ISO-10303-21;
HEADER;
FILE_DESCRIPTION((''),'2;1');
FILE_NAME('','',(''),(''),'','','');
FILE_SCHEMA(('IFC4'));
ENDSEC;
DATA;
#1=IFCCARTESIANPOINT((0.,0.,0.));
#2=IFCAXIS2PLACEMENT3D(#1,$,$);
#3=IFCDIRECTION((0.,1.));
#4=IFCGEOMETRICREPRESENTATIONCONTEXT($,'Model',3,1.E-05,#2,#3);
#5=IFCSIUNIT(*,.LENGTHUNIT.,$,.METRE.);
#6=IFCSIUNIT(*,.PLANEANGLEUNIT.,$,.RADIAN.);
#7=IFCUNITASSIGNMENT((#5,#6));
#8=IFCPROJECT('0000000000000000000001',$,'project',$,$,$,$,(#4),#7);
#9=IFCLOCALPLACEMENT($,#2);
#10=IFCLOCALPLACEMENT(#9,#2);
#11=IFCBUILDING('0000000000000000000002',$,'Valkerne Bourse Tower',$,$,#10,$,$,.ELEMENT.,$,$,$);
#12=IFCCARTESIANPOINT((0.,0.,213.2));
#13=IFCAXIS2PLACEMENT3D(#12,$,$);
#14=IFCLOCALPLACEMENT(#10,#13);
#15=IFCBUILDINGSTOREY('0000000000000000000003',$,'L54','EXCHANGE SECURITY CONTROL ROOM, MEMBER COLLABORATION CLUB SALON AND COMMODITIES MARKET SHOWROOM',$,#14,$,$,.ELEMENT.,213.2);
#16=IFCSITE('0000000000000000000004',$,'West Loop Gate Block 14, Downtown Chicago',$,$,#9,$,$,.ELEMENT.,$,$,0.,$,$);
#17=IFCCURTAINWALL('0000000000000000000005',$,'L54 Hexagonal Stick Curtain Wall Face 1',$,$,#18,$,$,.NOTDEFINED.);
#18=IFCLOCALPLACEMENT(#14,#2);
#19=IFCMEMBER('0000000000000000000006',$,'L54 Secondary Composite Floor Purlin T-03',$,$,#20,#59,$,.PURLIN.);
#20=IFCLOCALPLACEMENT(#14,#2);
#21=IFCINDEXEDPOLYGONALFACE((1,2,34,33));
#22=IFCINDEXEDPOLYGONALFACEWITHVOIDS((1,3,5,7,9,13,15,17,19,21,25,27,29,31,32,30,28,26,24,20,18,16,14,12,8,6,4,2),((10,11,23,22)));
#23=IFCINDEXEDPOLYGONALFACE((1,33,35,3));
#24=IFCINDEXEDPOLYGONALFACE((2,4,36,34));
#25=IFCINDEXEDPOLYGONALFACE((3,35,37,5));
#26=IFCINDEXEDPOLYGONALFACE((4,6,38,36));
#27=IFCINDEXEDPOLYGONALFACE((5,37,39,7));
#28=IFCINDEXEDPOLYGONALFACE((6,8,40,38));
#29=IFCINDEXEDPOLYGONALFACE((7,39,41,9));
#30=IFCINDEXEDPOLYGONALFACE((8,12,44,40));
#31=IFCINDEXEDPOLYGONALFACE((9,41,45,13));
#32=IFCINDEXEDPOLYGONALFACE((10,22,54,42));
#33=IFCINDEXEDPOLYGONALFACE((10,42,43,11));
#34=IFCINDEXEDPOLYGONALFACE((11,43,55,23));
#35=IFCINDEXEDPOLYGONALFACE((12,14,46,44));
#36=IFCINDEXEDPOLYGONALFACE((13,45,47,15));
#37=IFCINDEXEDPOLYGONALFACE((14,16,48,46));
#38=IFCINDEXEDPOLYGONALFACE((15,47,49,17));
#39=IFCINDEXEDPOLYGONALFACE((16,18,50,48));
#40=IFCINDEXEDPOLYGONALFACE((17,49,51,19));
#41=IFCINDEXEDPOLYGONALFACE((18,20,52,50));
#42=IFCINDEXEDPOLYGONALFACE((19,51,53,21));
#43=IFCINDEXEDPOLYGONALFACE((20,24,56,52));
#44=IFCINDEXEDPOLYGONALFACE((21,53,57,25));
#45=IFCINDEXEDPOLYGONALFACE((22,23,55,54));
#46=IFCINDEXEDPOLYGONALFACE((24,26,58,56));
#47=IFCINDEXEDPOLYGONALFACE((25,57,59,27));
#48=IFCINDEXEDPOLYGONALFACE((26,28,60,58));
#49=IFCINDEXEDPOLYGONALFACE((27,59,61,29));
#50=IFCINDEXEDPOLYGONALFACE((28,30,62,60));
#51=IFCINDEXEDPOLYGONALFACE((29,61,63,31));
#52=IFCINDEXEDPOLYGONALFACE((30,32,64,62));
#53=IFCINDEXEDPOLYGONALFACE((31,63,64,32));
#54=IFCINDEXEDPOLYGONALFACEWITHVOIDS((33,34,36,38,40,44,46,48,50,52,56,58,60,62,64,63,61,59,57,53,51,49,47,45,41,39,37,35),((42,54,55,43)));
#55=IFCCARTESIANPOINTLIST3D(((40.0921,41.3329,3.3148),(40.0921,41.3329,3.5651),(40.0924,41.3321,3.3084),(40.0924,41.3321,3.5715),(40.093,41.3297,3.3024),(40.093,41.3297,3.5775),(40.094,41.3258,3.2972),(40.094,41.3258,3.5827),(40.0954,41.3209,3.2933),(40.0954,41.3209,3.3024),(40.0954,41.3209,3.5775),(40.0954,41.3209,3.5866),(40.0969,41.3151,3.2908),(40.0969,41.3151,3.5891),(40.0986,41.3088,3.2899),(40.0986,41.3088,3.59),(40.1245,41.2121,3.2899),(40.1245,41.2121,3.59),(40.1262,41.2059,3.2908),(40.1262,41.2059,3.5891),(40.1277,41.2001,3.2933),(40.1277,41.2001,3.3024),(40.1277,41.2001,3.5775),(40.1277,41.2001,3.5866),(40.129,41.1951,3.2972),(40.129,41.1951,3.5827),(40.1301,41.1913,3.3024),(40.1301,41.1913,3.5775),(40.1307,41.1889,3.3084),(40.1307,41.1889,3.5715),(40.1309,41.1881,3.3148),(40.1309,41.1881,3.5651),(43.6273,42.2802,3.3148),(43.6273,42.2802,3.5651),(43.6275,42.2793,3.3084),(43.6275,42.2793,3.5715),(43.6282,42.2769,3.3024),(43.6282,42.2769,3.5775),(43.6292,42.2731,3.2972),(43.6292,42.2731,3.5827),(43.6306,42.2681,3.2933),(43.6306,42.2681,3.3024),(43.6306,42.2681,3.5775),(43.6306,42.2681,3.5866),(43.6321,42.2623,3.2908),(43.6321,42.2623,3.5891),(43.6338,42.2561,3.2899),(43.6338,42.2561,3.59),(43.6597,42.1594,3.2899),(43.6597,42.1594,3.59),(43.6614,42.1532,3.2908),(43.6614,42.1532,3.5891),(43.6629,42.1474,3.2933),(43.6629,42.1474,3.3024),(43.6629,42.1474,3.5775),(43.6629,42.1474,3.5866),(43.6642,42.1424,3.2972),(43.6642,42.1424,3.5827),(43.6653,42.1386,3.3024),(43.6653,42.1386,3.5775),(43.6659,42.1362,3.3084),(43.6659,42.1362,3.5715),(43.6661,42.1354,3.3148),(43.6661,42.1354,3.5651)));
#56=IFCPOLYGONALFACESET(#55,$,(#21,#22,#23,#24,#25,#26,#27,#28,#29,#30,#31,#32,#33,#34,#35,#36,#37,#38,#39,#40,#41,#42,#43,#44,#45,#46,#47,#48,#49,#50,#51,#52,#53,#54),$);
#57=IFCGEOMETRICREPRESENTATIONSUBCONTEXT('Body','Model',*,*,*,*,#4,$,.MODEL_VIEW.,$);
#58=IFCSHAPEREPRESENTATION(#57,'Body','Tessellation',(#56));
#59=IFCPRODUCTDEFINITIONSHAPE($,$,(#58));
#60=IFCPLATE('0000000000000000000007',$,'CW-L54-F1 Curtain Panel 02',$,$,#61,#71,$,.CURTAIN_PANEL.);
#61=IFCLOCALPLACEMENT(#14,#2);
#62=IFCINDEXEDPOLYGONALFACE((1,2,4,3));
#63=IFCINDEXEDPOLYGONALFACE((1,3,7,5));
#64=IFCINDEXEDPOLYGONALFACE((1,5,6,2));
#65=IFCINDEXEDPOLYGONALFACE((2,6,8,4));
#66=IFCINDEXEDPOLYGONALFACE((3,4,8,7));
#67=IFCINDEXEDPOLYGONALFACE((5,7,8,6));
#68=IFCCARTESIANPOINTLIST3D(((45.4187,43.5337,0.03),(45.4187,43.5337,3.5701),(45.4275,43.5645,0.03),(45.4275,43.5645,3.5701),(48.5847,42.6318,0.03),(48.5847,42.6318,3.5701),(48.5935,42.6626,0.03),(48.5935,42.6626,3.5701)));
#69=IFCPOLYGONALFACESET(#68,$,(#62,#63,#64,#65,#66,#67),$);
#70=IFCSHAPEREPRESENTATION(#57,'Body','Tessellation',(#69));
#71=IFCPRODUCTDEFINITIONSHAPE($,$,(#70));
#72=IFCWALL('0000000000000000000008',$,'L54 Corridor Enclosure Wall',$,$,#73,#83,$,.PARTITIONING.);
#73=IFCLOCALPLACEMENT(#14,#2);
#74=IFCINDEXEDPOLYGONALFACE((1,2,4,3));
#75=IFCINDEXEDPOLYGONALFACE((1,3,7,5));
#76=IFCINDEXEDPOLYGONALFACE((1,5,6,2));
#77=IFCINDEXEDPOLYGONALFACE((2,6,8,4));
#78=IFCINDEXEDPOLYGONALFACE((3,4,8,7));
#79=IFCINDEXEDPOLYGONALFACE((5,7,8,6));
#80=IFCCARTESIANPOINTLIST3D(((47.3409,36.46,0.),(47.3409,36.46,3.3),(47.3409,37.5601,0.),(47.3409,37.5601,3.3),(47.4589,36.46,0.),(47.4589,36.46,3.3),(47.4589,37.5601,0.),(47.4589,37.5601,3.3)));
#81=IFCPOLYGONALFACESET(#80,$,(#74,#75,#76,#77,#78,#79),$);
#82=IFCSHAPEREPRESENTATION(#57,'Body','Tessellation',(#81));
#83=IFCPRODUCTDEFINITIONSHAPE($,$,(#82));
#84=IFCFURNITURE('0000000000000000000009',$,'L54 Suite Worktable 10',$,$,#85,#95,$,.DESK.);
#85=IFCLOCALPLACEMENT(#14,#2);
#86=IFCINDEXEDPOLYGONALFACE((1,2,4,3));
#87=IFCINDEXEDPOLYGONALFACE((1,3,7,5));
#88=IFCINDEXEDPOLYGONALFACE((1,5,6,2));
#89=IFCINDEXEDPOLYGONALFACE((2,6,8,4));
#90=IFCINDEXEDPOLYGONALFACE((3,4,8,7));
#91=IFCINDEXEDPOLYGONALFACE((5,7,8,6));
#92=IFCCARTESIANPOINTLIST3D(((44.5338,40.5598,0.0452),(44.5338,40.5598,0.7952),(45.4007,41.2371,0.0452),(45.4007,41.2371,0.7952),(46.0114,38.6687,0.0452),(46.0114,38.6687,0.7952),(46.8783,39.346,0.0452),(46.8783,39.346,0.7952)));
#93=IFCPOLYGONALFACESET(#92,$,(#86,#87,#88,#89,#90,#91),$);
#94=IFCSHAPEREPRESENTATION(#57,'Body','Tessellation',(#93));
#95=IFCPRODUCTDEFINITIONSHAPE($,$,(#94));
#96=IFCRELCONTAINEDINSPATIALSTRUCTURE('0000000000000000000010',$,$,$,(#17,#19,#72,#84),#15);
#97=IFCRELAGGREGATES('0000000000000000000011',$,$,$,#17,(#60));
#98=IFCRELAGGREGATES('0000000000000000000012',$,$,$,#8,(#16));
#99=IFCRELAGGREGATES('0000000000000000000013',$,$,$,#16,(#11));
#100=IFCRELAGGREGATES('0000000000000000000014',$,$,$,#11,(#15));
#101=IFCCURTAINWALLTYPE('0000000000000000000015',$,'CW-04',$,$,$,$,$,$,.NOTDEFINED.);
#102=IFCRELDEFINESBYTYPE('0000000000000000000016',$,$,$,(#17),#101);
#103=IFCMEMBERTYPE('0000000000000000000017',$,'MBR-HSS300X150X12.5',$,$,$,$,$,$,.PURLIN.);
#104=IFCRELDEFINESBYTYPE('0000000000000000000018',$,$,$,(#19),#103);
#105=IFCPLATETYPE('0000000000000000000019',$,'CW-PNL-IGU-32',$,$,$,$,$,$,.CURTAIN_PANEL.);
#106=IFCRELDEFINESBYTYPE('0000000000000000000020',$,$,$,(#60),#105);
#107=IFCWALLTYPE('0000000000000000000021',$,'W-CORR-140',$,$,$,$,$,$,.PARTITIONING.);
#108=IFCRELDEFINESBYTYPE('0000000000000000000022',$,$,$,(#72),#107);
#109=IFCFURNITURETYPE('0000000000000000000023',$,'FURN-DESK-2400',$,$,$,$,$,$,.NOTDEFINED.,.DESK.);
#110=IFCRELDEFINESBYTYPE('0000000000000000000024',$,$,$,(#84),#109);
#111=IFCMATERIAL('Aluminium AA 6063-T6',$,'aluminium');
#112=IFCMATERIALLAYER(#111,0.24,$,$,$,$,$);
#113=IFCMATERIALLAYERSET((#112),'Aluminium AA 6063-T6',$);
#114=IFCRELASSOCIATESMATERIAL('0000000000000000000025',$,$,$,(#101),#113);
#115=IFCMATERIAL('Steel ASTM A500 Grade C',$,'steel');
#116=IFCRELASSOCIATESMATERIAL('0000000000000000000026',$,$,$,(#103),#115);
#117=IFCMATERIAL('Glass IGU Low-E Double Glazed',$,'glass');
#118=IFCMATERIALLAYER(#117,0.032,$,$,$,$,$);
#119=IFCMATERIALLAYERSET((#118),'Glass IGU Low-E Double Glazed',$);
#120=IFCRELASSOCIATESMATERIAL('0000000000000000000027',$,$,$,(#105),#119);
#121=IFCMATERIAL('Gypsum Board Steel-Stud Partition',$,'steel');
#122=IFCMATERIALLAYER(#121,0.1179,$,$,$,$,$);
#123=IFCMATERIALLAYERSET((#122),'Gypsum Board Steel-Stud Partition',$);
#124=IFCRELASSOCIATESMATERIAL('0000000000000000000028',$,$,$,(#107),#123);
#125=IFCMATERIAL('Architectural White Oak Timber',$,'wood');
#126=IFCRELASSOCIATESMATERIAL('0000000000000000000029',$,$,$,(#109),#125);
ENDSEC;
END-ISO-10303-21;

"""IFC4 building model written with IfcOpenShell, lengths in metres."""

from ifc_helpers import new_model, si_unit, direction, frame, frame_2d, origin, origin_2d, place, context, subcontext, project, spatial, rectangle, hollow_rectangle, extrude, material, layer, layer_set, material_profile, profile_set, type_object, element, aggregate, save


model = new_model("IFC4")

# Units and contexts
model_context = context("Model", 3, precision=1e-05, world=origin(), true_north=direction((0.0, 1.0)))
body_context = subcontext(model_context, "Body", "Model", "MODEL_VIEW")
ifc_project = project(units=[si_unit("LENGTHUNIT", "METRE"), si_unit("PLANEANGLEUNIT", "RADIAN")], contexts=[model_context])

# Site, building, storey
site_placement = place(None, origin())
site = spatial("IfcSite", under=ifc_project, at=site_placement, Name="West Loop Gate Block 14, Downtown Chicago", CompositionType="ELEMENT", RefElevation=0.0)
building_placement = place(site_placement, origin())
building = spatial("IfcBuilding", under=site, at=building_placement, Name="Valkerne Bourse Tower", CompositionType="ELEMENT")
storey_placement = place(building_placement, frame((0.0, 0.0, 213.2)))
storey = spatial("IfcBuildingStorey", under=building, at=storey_placement, Name="L54", Description="EXCHANGE SECURITY CONTROL ROOM, MEMBER COLLABORATION CLUB SALON AND COMMODITIES MARKET SHOWROOM", CompositionType="ELEMENT", Elevation=213.2)

# Curtain wall
ifc_material_1 = material(Name="Aluminium AA 6063-T6", Category="aluminium")
ifc_layer_1 = layer(ifc_material_1, 0.24)
ifc_layer_set_1 = layer_set([ifc_layer_1], Name="Aluminium AA 6063-T6")
curtain_wall_type = type_object("IfcCurtainWallType", Name="CW-04", PredefinedType="NOTDEFINED", material=ifc_layer_set_1)
curtain_wall_1_placement = place(storey_placement, origin())
curtain_wall_1 = element("IfcCurtainWall", 1, at=curtain_wall_1_placement, inside=storey, type_object=curtain_wall_type, Name="L54 Hexagonal Stick Curtain Wall Face 1", PredefinedType="NOTDEFINED")

# Member
ifc_material_2 = material(Name="Steel ASTM A500 Grade C", Category="steel")
ifc_material_profile_1 = material_profile(ifc_material_2, hollow_rectangle(XDim=0.1499, YDim=0.3, WallThickness=0.0125, OuterFilletRadius=0.0249, at=origin_2d()), Name="HSS300X150X12.5")
ifc_profile_set_1 = profile_set([ifc_material_profile_1], Name="Steel ASTM A500 Grade C")
member_type_1 = type_object("IfcMemberType", Name="MBR-HSS300X150X12.5", PredefinedType="PURLIN", material=ifc_profile_set_1)
member_1_placement = place(storey_placement, frame((43.6467, 42.2078, 3.4399), z_axis=(-0.965924, -0.258825, 0.0), x_axis=(0.258825, -0.965924, 0.0)))
element("IfcMember", 2, at=member_1_placement, inside=storey, type_object=member_type_1, Name="L54 Secondary Composite Floor Purlin T-03", PredefinedType="PURLIN", context=body_context, shape_type="SweptSolid", body=[
    extrude(hollow_rectangle(XDim=0.1499, YDim=0.3, WallThickness=0.0125, OuterFilletRadius=0.0249, at=origin_2d()), origin(), (0.0, 0.0, 1.0), 3.6599),
])

# Plate
ifc_material_3 = material(Name="Glass IGU Low-E Double Glazed", Category="glass")
ifc_layer_2 = layer(ifc_material_3, 0.032)
ifc_layer_set_2 = layer_set([ifc_layer_2], Name="Glass IGU Low-E Double Glazed")
plate_type = type_object("IfcPlateType", Name="CW-PNL-IGU-32", PredefinedType="CURTAIN_PANEL", material=ifc_layer_set_2)
plate_placement = place(storey_placement, frame((47.0061, 43.0981, 0.03), z_axis=(0.0, 0.0, 1.0), x_axis=(-0.961741, 0.273959, 0.0)))
plate = element("IfcPlate", 3, at=plate_placement, type_object=plate_type, Name="CW-L54-F1 Curtain Panel 02", PredefinedType="CURTAIN_PANEL", context=body_context, shape_type="SweptSolid", body=[
    extrude(rectangle(XDim=3.292, YDim=0.032, at=origin_2d()), origin(), (0.0, 0.0, 1.0), 3.54),
])
aggregate(curtain_wall_1, [plate])

# Wall
ifc_material_4 = material(Name="Gypsum Board Steel-Stud Partition", Category="steel")
ifc_layer_3 = layer(ifc_material_4, 0.1179)
ifc_layer_set_3 = layer_set([ifc_layer_3], Name="Gypsum Board Steel-Stud Partition")
wall_type = type_object("IfcWallType", Name="W-CORR-140", PredefinedType="PARTITIONING", material=ifc_layer_set_3)
wall_placement = place(storey_placement, frame((47.3999, 37.5601, 0.0), z_axis=(0.0, 0.0, 1.0), x_axis=(0.0, -1.0, 0.0)))
element("IfcWall", 4, at=wall_placement, inside=storey, type_object=wall_type, Name="L54 Corridor Enclosure Wall", PredefinedType="PARTITIONING", context=body_context, shape_type="SweptSolid", body=[
    extrude(rectangle(XDim=1.1001, YDim=0.1179, at=frame_2d((0.55, 0.0))), origin(), (0.0, 0.0, 1.0), 3.3),
])

# Furniture
ifc_material_5 = material(Name="Architectural White Oak Timber", Category="wood")
furniture_type = type_object("IfcFurnitureType", Name="FURN-DESK-2400", AssemblyPlace="NOTDEFINED", PredefinedType="DESK", material=ifc_material_5)
furniture_placement = place(storey_placement, frame((45.7061, 39.9529, 0.0452), z_axis=(0.0, 0.0, 1.0), x_axis=(-0.615661, 0.788011, 0.0)))
element("IfcFurniture", 5, at=furniture_placement, inside=storey, type_object=furniture_type, Name="L54 Suite Worktable 10", PredefinedType="DESK", context=body_context, shape_type="SweptSolid", body=[
    extrude(rectangle(XDim=2.3999, YDim=1.1001, at=origin_2d()), origin(), (0.0, 0.0, 1.0), 0.75),
])

save(model, "model.ifc")
